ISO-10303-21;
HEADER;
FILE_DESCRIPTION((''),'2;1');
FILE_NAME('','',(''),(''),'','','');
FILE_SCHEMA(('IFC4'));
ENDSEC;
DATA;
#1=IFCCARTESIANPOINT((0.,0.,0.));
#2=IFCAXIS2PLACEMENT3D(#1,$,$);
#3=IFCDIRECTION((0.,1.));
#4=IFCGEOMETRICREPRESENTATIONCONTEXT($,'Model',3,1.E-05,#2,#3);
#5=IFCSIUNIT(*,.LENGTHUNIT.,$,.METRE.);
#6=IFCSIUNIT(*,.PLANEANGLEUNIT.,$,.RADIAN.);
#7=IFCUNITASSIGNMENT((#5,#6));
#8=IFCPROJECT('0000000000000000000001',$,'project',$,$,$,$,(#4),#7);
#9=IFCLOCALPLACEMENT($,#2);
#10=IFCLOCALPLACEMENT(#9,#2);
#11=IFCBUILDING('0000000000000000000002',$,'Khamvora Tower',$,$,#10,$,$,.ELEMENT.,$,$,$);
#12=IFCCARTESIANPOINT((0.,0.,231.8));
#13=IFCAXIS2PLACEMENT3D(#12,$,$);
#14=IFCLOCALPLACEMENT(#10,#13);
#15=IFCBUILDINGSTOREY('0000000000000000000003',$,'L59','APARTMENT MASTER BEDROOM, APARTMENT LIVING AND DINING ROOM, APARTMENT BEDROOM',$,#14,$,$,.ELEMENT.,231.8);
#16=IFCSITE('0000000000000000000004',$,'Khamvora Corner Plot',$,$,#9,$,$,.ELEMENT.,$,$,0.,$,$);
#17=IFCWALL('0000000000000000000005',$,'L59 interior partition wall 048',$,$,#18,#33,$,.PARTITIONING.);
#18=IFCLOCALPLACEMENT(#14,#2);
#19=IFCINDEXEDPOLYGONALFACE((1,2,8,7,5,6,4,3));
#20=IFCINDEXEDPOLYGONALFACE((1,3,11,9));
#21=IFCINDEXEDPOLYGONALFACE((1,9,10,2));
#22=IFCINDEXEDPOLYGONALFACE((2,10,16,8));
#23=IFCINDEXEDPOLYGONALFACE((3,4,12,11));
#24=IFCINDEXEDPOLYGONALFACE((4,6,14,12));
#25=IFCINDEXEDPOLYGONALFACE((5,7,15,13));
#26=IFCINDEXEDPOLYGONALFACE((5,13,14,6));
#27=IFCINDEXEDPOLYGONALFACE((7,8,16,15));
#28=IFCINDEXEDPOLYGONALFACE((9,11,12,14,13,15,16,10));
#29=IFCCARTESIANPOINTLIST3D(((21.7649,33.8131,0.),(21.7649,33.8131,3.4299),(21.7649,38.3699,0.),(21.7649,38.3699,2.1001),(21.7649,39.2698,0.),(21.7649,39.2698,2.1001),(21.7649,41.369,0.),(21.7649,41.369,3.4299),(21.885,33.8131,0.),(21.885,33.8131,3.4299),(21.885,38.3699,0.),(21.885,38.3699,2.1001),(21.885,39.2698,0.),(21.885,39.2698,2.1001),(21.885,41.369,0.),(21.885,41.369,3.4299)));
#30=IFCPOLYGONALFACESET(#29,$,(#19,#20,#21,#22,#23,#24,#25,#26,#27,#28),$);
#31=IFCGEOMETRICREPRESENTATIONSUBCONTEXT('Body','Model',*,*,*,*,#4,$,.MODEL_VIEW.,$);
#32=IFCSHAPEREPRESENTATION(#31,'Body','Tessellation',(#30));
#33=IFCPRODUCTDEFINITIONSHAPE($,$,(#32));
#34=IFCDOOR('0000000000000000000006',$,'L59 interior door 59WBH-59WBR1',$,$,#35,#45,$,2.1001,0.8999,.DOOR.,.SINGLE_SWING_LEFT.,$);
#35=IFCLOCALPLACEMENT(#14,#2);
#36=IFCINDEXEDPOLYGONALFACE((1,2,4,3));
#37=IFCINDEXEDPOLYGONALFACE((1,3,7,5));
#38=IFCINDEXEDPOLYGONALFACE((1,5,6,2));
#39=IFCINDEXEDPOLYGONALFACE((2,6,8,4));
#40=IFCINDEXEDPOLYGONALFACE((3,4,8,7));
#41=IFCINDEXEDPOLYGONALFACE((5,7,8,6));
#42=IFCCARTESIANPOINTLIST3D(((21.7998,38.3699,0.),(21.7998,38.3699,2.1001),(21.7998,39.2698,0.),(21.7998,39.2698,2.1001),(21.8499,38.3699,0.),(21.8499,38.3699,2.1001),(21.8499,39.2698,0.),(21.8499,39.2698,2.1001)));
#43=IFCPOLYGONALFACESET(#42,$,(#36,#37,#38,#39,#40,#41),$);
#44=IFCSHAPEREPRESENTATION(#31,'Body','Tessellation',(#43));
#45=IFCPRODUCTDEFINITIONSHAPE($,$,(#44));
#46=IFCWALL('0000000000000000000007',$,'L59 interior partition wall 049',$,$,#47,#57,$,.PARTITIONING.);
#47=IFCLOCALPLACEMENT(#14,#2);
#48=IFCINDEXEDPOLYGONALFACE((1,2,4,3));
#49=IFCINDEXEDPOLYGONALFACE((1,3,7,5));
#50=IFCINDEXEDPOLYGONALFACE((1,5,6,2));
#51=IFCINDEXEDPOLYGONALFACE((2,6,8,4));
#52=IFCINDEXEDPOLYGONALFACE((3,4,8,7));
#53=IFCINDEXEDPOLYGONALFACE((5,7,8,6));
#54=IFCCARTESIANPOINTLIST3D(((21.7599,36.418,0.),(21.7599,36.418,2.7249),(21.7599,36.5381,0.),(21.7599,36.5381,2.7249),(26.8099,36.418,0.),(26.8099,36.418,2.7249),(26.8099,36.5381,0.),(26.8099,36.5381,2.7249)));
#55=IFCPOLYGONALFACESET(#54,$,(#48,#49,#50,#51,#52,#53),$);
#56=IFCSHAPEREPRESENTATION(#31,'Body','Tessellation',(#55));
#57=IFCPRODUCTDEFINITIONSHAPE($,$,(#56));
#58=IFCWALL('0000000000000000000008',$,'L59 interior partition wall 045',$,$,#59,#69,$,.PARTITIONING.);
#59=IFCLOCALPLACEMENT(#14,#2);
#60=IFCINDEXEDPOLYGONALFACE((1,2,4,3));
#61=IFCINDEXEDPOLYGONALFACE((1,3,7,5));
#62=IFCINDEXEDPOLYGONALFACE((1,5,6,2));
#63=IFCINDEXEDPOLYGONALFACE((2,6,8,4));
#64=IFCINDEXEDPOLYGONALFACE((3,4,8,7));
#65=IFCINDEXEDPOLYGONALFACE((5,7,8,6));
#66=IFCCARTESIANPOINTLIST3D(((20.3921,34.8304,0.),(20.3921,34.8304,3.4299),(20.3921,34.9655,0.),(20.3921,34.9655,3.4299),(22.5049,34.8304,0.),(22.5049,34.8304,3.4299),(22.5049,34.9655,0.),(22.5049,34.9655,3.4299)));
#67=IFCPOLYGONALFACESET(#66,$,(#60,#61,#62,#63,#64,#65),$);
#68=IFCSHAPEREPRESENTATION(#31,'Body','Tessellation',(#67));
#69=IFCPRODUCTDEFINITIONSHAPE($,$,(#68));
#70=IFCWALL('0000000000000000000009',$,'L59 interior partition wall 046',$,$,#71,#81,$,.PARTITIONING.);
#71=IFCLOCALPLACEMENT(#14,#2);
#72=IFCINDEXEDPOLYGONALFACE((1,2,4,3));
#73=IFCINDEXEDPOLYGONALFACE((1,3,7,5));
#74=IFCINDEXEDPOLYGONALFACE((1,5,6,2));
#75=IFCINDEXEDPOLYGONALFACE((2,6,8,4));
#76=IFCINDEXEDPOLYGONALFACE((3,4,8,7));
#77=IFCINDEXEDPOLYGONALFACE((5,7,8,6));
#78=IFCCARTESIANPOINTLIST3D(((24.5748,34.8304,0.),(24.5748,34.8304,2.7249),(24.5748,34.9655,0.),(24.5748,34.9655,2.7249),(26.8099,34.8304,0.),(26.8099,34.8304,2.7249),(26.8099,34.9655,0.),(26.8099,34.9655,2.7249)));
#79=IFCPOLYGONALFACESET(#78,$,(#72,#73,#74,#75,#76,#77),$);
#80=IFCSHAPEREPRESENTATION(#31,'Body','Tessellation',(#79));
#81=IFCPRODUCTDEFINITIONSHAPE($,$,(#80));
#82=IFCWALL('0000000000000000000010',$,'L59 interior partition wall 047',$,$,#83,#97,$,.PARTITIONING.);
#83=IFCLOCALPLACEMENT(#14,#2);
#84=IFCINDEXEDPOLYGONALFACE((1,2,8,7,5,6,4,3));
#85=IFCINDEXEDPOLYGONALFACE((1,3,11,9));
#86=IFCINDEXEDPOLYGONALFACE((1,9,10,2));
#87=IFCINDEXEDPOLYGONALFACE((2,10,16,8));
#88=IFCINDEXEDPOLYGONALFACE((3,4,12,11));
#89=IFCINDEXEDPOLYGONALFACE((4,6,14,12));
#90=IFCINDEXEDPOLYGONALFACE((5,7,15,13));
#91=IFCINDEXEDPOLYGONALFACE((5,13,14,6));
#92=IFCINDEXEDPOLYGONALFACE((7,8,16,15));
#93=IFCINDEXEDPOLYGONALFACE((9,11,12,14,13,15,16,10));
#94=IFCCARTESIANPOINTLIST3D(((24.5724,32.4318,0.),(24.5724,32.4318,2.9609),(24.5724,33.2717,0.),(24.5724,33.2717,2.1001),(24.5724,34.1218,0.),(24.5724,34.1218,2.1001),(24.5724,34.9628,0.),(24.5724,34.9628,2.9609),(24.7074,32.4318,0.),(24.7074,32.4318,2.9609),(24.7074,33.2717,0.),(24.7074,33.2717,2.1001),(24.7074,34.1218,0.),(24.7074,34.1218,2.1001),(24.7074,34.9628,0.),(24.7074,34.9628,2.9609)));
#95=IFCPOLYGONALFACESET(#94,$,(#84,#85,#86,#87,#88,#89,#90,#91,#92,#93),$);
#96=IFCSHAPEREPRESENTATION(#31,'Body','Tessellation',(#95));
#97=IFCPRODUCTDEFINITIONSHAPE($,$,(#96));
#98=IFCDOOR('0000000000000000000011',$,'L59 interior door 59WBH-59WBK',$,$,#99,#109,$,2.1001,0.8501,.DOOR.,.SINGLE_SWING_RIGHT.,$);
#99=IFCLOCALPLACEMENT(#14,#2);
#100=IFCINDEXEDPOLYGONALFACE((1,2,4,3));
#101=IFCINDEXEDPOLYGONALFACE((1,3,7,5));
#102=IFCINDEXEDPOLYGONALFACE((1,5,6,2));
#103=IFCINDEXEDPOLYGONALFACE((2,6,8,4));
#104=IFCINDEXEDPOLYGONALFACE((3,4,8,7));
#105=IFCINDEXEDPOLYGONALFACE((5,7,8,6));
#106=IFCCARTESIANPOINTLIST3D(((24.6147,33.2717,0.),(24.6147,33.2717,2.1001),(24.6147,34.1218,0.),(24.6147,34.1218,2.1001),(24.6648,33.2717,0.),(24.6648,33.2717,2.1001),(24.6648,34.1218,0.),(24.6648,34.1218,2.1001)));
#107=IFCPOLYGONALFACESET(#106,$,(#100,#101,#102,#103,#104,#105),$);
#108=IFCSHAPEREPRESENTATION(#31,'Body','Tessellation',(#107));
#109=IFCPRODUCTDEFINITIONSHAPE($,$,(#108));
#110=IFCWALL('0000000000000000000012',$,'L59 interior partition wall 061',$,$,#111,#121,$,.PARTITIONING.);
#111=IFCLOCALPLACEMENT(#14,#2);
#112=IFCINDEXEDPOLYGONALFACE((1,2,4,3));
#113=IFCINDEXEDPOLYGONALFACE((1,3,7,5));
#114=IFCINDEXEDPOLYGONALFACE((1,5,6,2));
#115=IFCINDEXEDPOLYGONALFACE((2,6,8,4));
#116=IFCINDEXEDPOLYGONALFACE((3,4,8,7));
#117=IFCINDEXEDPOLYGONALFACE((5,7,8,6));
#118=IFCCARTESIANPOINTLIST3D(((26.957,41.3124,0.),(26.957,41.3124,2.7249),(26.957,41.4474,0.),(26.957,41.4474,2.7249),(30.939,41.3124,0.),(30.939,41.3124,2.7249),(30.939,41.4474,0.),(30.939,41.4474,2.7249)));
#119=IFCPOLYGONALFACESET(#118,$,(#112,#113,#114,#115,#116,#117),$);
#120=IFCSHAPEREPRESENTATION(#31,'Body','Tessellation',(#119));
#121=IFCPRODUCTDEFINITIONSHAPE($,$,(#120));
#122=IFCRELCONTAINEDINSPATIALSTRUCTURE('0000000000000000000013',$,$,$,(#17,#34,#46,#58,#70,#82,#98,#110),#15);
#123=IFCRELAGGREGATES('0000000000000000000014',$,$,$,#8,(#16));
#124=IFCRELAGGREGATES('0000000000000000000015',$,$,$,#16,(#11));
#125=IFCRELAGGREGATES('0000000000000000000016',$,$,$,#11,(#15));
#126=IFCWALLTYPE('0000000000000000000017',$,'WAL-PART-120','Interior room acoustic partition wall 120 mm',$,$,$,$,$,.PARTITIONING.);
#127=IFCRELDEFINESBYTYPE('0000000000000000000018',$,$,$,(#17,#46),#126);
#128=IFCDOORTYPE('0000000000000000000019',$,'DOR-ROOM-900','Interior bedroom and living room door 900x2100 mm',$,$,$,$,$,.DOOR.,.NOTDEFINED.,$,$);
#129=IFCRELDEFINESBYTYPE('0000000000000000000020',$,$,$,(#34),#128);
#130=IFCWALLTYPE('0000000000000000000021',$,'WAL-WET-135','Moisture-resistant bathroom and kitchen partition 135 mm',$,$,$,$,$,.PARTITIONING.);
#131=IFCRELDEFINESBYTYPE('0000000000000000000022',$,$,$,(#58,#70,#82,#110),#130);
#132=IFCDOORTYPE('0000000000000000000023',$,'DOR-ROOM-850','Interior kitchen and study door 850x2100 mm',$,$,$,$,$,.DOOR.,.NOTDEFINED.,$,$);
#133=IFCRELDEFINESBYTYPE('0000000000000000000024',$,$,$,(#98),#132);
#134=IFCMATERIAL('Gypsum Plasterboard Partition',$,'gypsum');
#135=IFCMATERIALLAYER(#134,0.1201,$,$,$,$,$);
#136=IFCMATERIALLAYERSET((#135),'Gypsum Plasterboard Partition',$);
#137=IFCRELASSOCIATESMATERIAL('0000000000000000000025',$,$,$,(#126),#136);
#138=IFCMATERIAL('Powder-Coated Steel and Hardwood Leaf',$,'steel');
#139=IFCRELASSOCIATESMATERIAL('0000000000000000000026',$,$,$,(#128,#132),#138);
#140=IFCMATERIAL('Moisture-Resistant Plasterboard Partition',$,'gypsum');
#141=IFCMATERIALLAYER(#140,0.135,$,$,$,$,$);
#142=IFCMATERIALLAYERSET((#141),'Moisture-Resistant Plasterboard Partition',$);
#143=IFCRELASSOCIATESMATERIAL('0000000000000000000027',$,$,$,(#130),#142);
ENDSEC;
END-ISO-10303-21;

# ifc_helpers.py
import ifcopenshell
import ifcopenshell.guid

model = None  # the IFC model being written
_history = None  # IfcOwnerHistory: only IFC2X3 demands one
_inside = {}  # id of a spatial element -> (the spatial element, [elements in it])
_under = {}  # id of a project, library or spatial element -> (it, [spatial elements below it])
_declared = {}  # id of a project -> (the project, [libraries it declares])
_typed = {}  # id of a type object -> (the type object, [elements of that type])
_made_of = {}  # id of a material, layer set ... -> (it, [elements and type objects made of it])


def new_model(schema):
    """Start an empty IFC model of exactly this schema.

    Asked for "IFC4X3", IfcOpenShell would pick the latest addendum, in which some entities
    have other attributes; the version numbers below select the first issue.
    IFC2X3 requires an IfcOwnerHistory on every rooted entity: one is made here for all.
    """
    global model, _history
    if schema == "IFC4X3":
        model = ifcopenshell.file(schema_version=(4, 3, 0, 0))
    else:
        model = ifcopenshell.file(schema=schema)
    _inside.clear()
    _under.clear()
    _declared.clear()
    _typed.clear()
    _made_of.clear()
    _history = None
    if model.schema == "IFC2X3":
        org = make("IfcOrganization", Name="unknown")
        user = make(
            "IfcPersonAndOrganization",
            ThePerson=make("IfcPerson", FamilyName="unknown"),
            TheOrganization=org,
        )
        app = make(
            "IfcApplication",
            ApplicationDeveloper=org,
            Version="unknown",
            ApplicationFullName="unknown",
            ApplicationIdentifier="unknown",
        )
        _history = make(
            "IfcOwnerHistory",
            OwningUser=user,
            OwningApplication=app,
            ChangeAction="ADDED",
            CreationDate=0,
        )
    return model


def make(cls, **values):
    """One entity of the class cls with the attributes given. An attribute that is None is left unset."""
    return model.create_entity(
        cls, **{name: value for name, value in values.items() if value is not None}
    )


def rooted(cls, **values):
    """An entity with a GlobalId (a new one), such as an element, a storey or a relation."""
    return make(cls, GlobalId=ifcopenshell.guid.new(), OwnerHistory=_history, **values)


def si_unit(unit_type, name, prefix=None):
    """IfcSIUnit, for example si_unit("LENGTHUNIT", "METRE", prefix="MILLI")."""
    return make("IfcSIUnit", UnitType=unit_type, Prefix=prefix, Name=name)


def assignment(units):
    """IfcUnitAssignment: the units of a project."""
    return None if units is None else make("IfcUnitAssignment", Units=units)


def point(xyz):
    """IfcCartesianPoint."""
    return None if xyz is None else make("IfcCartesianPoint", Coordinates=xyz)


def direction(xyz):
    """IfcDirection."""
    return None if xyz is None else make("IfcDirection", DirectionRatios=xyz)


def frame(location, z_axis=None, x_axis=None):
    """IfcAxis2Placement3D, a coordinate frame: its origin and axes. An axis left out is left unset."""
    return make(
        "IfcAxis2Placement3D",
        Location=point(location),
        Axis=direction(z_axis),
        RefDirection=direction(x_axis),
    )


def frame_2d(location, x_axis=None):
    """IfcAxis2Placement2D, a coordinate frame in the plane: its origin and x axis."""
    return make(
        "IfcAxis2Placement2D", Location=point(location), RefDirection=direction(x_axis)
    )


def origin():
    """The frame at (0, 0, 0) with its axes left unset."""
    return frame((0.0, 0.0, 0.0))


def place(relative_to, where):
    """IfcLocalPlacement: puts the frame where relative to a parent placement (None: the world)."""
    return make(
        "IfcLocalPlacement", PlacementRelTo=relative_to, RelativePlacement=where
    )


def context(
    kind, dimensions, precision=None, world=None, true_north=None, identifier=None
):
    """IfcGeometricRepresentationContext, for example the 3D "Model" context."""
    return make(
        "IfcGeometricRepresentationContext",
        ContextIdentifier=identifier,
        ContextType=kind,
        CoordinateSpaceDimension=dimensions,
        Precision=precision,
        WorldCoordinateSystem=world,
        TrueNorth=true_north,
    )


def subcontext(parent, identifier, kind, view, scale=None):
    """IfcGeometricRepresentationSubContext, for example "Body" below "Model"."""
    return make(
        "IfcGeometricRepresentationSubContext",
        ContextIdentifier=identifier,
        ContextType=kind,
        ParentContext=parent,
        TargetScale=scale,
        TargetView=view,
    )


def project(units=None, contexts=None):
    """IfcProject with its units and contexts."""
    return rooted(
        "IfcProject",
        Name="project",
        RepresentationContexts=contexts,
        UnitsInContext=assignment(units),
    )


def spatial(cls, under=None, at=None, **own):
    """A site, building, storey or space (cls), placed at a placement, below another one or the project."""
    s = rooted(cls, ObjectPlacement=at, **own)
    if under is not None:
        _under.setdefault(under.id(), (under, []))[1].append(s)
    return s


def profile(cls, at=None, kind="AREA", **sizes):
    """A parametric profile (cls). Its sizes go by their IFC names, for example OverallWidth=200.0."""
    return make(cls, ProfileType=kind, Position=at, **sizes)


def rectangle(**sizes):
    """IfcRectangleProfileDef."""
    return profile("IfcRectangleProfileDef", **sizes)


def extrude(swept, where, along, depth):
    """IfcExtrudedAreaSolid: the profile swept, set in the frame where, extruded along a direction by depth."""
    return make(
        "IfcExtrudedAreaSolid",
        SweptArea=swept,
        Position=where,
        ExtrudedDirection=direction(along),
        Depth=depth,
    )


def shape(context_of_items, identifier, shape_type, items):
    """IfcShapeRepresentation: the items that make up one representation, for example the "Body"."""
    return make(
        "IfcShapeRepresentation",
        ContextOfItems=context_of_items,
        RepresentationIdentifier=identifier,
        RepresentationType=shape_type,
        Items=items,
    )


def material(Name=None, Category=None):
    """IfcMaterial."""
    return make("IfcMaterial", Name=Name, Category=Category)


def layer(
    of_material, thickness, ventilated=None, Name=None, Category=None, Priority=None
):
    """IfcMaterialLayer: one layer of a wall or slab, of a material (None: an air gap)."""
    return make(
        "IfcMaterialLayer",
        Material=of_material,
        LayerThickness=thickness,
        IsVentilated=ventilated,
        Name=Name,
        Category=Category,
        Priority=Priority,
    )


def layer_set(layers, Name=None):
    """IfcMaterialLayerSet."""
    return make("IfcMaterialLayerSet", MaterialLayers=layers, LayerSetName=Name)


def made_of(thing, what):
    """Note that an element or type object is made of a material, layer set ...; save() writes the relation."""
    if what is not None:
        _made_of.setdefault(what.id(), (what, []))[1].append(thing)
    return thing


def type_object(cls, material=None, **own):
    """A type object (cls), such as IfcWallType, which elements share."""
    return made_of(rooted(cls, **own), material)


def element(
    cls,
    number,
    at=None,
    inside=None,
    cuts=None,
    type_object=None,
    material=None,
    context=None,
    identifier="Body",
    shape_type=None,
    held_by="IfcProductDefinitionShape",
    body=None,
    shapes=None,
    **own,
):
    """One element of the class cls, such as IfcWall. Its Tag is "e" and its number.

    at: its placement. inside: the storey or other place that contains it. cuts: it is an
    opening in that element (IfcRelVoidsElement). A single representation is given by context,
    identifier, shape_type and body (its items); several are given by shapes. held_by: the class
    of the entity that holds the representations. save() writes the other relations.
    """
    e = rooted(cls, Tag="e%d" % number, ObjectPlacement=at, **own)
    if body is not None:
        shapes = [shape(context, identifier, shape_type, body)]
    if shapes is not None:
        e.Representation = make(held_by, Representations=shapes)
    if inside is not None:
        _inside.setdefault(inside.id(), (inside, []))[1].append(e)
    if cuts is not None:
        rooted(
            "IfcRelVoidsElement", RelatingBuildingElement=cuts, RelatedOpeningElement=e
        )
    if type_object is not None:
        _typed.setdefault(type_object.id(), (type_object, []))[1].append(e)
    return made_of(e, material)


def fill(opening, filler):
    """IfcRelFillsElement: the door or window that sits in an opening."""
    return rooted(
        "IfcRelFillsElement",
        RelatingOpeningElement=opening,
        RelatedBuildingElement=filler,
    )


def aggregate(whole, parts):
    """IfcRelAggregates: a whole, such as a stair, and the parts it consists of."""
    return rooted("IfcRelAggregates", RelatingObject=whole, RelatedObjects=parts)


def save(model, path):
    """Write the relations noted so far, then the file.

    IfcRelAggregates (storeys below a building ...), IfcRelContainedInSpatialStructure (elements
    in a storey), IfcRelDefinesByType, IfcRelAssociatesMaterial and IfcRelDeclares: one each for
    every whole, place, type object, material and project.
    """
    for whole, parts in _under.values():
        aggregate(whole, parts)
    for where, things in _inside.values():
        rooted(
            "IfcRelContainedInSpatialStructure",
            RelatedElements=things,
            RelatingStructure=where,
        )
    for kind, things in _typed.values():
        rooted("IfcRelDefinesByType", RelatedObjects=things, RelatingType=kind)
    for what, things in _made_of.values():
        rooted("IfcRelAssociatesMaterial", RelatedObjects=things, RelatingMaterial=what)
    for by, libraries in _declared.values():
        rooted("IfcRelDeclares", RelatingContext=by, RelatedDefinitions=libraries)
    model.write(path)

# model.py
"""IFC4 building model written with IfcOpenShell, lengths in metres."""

from ifc_helpers import new_model, si_unit, direction, frame, frame_2d, origin, place, context, subcontext, project, spatial, rectangle, extrude, material, layer, layer_set, type_object, element, fill, save


model = new_model("IFC4")

# Units and contexts
model_context = context("Model", 3, precision=1e-05, world=origin(), true_north=direction((0.0, 1.0)))
body_context = subcontext(model_context, "Body", "Model", "MODEL_VIEW")
ifc_project = project(units=[si_unit("LENGTHUNIT", "METRE"), si_unit("PLANEANGLEUNIT", "RADIAN")], contexts=[model_context])

# Site, building, storey
site_placement = place(None, origin())
site = spatial("IfcSite", under=ifc_project, at=site_placement, Name="Khamvora Corner Plot", CompositionType="ELEMENT", RefElevation=0.0)
building_placement = place(site_placement, origin())
building = spatial("IfcBuilding", under=site, at=building_placement, Name="Khamvora Tower", CompositionType="ELEMENT")
storey_placement = place(building_placement, frame((0.0, 0.0, 231.8)))
storey = spatial("IfcBuildingStorey", under=building, at=storey_placement, Name="L59", Description="APARTMENT MASTER BEDROOM, APARTMENT LIVING AND DINING ROOM, APARTMENT BEDROOM", CompositionType="ELEMENT", Elevation=231.8)

# Wall, opening, door
ifc_material_1 = material(Name="Gypsum Plasterboard Partition", Category="gypsum")
ifc_layer_1 = layer(ifc_material_1, 0.1201)
ifc_layer_set_1 = layer_set([ifc_layer_1], Name="Gypsum Plasterboard Partition")
wall_type_1 = type_object("IfcWallType", Name="WAL-PART-120", Description="Interior room acoustic partition wall 120 mm", PredefinedType="PARTITIONING", material=ifc_layer_set_1)
wall_1_placement = place(storey_placement, frame((21.825, 41.3689, 0.0), z_axis=(0.0, 0.0, 1.0), x_axis=(0.0, -1.0, 0.0)))
wall_1 = element("IfcWall", 1, at=wall_1_placement, inside=storey, type_object=wall_type_1, Name="L59 interior partition wall 048", PredefinedType="PARTITIONING", context=body_context, shape_type="SweptSolid", body=[
    extrude(rectangle(XDim=7.5559, YDim=0.1201, at=frame_2d((3.7778, 0.0))), origin(), (0.0, 0.0, 1.0), 3.4299),
])
opening_1_placement = place(wall_1_placement, frame((2.0991, 0.0, 0.0)))
opening_1 = element("IfcOpeningElement", 2, at=opening_1_placement, cuts=wall_1, PredefinedType="OPENING", context=body_context, shape_type="SweptSolid", body=[
    extrude(rectangle(XDim=0.8999, YDim=2.1001, at=frame_2d((0.45, 1.05))), frame((0.0, 0.0701, 0.0), z_axis=(0.0, -1.0, 0.0), x_axis=(1.0, 0.0, 0.0)), (0.0, 0.0, 1.0), 0.1401),
])
ifc_material_2 = material(Name="Powder-Coated Steel and Hardwood Leaf", Category="steel")
door_type_1 = type_object("IfcDoorType", Name="DOR-ROOM-900", Description="Interior bedroom and living room door 900x2100 mm", OperationType="NOTDEFINED", PredefinedType="DOOR", material=ifc_material_2)
door_1_placement = place(opening_1_placement, origin())
door_1 = element("IfcDoor", 3, at=door_1_placement, inside=storey, type_object=door_type_1, Name="L59 interior door 59WBH-59WBR1", OperationType="SINGLE_SWING_LEFT", OverallHeight=2.1001, OverallWidth=0.8999, PredefinedType="DOOR", context=body_context, shape_type="SweptSolid", body=[
    extrude(rectangle(XDim=0.8999, YDim=2.1001, at=frame_2d((0.45, 1.05))), frame((0.0, 0.0249, 0.0), z_axis=(0.0, -1.0, 0.0), x_axis=(1.0, 0.0, 0.0)), (0.0, 0.0, 1.0), 0.05),
])
fill(opening_1, door_1)

# Walls
wall_2_placement = place(storey_placement, frame((21.76, 36.478, 0.0), z_axis=(0.0, 0.0, 1.0), x_axis=(1.0, 0.0, 0.0)))
element("IfcWall", 4, at=wall_2_placement, inside=storey, type_object=wall_type_1, Name="L59 interior partition wall 049", PredefinedType="PARTITIONING", context=body_context, shape_type="SweptSolid", body=[
    extrude(rectangle(XDim=5.05, YDim=0.1201, at=frame_2d((2.5249, 0.0))), origin(), (0.0, 0.0, 1.0), 2.7249),
])
ifc_material_3 = material(Name="Moisture-Resistant Plasterboard Partition", Category="gypsum")
ifc_layer_2 = layer(ifc_material_3, 0.135)
ifc_layer_set_2 = layer_set([ifc_layer_2], Name="Moisture-Resistant Plasterboard Partition")
wall_type_2 = type_object("IfcWallType", Name="WAL-WET-135", Description="Moisture-resistant bathroom and kitchen partition 135 mm", PredefinedType="PARTITIONING", material=ifc_layer_set_2)
wall_3_placement = place(storey_placement, frame((22.5049, 34.8979, 0.0), z_axis=(0.0, 0.0, 1.0), x_axis=(-1.0, 0.0, 0.0)))
element("IfcWall", 5, at=wall_3_placement, inside=storey, type_object=wall_type_2, Name="L59 interior partition wall 045", PredefinedType="PARTITIONING", context=body_context, shape_type="SweptSolid", body=[
    extrude(rectangle(XDim=2.1128, YDim=0.135, at=frame_2d((1.0564, 0.0))), origin(), (0.0, 0.0, 1.0), 3.4299),
])
wall_4_placement = place(storey_placement, frame((26.8101, 34.8979, 0.0), z_axis=(0.0, 0.0, 1.0), x_axis=(-1.0, 0.0, 0.0)))
element("IfcWall", 6, at=wall_4_placement, inside=storey, type_object=wall_type_2, Name="L59 interior partition wall 046", PredefinedType="PARTITIONING", context=body_context, shape_type="SweptSolid", body=[
    extrude(rectangle(XDim=2.2351, YDim=0.135, at=frame_2d((1.1177, 0.0))), origin(), (0.0, 0.0, 1.0), 2.7249),
])

# Wall, opening, door
wall_5_placement = place(storey_placement, frame((24.6399, 34.9629, 0.0), z_axis=(0.0, 0.0, 1.0), x_axis=(0.0, -1.0, 0.0)))
wall_5 = element("IfcWall", 7, at=wall_5_placement, inside=storey, type_object=wall_type_2, Name="L59 interior partition wall 047", PredefinedType="PARTITIONING", context=body_context, shape_type="SweptSolid", body=[
    extrude(rectangle(XDim=2.531, YDim=0.135, at=frame_2d((1.2656, 0.0))), origin(), (0.0, 0.0, 1.0), 2.9609),
])
opening_2_placement = place(wall_5_placement, frame((0.8411, 0.0, 0.0)))
opening_2 = element("IfcOpeningElement", 8, at=opening_2_placement, cuts=wall_5, PredefinedType="OPENING", context=body_context, shape_type="SweptSolid", body=[
    extrude(rectangle(XDim=0.8501, YDim=2.1001, at=frame_2d((0.425, 1.05))), frame((0.0, 0.0774, 0.0), z_axis=(0.0, -1.0, 0.0), x_axis=(1.0, 0.0, 0.0)), (0.0, 0.0, 1.0), 0.155),
])
door_type_2 = type_object("IfcDoorType", Name="DOR-ROOM-850", Description="Interior kitchen and study door 850x2100 mm", OperationType="NOTDEFINED", PredefinedType="DOOR", material=ifc_material_2)
door_2_placement = place(opening_2_placement, origin())
door_2 = element("IfcDoor", 9, at=door_2_placement, inside=storey, type_object=door_type_2, Name="L59 interior door 59WBH-59WBK", OperationType="SINGLE_SWING_RIGHT", OverallHeight=2.1001, OverallWidth=0.8501, PredefinedType="DOOR", context=body_context, shape_type="SweptSolid", body=[
    extrude(rectangle(XDim=0.8501, YDim=2.1001, at=frame_2d((0.425, 1.05))), frame((0.0, 0.0249, 0.0), z_axis=(0.0, -1.0, 0.0), x_axis=(1.0, 0.0, 0.0)), (0.0, 0.0, 1.0), 0.05),
])
fill(opening_2, door_2)

# Wall
wall_6_placement = place(storey_placement, frame((26.957, 41.3799, 0.0), z_axis=(0.0, 0.0, 1.0), x_axis=(1.0, 0.0, 0.0)))
element("IfcWall", 10, at=wall_6_placement, inside=storey, type_object=wall_type_2, Name="L59 interior partition wall 061", PredefinedType="PARTITIONING", context=body_context, shape_type="SweptSolid", body=[
    extrude(rectangle(XDim=3.9819, YDim=0.135, at=frame_2d((1.991, 0.0))), origin(), (0.0, 0.0, 1.0), 2.7249),
])

save(model, "model.ifc")
